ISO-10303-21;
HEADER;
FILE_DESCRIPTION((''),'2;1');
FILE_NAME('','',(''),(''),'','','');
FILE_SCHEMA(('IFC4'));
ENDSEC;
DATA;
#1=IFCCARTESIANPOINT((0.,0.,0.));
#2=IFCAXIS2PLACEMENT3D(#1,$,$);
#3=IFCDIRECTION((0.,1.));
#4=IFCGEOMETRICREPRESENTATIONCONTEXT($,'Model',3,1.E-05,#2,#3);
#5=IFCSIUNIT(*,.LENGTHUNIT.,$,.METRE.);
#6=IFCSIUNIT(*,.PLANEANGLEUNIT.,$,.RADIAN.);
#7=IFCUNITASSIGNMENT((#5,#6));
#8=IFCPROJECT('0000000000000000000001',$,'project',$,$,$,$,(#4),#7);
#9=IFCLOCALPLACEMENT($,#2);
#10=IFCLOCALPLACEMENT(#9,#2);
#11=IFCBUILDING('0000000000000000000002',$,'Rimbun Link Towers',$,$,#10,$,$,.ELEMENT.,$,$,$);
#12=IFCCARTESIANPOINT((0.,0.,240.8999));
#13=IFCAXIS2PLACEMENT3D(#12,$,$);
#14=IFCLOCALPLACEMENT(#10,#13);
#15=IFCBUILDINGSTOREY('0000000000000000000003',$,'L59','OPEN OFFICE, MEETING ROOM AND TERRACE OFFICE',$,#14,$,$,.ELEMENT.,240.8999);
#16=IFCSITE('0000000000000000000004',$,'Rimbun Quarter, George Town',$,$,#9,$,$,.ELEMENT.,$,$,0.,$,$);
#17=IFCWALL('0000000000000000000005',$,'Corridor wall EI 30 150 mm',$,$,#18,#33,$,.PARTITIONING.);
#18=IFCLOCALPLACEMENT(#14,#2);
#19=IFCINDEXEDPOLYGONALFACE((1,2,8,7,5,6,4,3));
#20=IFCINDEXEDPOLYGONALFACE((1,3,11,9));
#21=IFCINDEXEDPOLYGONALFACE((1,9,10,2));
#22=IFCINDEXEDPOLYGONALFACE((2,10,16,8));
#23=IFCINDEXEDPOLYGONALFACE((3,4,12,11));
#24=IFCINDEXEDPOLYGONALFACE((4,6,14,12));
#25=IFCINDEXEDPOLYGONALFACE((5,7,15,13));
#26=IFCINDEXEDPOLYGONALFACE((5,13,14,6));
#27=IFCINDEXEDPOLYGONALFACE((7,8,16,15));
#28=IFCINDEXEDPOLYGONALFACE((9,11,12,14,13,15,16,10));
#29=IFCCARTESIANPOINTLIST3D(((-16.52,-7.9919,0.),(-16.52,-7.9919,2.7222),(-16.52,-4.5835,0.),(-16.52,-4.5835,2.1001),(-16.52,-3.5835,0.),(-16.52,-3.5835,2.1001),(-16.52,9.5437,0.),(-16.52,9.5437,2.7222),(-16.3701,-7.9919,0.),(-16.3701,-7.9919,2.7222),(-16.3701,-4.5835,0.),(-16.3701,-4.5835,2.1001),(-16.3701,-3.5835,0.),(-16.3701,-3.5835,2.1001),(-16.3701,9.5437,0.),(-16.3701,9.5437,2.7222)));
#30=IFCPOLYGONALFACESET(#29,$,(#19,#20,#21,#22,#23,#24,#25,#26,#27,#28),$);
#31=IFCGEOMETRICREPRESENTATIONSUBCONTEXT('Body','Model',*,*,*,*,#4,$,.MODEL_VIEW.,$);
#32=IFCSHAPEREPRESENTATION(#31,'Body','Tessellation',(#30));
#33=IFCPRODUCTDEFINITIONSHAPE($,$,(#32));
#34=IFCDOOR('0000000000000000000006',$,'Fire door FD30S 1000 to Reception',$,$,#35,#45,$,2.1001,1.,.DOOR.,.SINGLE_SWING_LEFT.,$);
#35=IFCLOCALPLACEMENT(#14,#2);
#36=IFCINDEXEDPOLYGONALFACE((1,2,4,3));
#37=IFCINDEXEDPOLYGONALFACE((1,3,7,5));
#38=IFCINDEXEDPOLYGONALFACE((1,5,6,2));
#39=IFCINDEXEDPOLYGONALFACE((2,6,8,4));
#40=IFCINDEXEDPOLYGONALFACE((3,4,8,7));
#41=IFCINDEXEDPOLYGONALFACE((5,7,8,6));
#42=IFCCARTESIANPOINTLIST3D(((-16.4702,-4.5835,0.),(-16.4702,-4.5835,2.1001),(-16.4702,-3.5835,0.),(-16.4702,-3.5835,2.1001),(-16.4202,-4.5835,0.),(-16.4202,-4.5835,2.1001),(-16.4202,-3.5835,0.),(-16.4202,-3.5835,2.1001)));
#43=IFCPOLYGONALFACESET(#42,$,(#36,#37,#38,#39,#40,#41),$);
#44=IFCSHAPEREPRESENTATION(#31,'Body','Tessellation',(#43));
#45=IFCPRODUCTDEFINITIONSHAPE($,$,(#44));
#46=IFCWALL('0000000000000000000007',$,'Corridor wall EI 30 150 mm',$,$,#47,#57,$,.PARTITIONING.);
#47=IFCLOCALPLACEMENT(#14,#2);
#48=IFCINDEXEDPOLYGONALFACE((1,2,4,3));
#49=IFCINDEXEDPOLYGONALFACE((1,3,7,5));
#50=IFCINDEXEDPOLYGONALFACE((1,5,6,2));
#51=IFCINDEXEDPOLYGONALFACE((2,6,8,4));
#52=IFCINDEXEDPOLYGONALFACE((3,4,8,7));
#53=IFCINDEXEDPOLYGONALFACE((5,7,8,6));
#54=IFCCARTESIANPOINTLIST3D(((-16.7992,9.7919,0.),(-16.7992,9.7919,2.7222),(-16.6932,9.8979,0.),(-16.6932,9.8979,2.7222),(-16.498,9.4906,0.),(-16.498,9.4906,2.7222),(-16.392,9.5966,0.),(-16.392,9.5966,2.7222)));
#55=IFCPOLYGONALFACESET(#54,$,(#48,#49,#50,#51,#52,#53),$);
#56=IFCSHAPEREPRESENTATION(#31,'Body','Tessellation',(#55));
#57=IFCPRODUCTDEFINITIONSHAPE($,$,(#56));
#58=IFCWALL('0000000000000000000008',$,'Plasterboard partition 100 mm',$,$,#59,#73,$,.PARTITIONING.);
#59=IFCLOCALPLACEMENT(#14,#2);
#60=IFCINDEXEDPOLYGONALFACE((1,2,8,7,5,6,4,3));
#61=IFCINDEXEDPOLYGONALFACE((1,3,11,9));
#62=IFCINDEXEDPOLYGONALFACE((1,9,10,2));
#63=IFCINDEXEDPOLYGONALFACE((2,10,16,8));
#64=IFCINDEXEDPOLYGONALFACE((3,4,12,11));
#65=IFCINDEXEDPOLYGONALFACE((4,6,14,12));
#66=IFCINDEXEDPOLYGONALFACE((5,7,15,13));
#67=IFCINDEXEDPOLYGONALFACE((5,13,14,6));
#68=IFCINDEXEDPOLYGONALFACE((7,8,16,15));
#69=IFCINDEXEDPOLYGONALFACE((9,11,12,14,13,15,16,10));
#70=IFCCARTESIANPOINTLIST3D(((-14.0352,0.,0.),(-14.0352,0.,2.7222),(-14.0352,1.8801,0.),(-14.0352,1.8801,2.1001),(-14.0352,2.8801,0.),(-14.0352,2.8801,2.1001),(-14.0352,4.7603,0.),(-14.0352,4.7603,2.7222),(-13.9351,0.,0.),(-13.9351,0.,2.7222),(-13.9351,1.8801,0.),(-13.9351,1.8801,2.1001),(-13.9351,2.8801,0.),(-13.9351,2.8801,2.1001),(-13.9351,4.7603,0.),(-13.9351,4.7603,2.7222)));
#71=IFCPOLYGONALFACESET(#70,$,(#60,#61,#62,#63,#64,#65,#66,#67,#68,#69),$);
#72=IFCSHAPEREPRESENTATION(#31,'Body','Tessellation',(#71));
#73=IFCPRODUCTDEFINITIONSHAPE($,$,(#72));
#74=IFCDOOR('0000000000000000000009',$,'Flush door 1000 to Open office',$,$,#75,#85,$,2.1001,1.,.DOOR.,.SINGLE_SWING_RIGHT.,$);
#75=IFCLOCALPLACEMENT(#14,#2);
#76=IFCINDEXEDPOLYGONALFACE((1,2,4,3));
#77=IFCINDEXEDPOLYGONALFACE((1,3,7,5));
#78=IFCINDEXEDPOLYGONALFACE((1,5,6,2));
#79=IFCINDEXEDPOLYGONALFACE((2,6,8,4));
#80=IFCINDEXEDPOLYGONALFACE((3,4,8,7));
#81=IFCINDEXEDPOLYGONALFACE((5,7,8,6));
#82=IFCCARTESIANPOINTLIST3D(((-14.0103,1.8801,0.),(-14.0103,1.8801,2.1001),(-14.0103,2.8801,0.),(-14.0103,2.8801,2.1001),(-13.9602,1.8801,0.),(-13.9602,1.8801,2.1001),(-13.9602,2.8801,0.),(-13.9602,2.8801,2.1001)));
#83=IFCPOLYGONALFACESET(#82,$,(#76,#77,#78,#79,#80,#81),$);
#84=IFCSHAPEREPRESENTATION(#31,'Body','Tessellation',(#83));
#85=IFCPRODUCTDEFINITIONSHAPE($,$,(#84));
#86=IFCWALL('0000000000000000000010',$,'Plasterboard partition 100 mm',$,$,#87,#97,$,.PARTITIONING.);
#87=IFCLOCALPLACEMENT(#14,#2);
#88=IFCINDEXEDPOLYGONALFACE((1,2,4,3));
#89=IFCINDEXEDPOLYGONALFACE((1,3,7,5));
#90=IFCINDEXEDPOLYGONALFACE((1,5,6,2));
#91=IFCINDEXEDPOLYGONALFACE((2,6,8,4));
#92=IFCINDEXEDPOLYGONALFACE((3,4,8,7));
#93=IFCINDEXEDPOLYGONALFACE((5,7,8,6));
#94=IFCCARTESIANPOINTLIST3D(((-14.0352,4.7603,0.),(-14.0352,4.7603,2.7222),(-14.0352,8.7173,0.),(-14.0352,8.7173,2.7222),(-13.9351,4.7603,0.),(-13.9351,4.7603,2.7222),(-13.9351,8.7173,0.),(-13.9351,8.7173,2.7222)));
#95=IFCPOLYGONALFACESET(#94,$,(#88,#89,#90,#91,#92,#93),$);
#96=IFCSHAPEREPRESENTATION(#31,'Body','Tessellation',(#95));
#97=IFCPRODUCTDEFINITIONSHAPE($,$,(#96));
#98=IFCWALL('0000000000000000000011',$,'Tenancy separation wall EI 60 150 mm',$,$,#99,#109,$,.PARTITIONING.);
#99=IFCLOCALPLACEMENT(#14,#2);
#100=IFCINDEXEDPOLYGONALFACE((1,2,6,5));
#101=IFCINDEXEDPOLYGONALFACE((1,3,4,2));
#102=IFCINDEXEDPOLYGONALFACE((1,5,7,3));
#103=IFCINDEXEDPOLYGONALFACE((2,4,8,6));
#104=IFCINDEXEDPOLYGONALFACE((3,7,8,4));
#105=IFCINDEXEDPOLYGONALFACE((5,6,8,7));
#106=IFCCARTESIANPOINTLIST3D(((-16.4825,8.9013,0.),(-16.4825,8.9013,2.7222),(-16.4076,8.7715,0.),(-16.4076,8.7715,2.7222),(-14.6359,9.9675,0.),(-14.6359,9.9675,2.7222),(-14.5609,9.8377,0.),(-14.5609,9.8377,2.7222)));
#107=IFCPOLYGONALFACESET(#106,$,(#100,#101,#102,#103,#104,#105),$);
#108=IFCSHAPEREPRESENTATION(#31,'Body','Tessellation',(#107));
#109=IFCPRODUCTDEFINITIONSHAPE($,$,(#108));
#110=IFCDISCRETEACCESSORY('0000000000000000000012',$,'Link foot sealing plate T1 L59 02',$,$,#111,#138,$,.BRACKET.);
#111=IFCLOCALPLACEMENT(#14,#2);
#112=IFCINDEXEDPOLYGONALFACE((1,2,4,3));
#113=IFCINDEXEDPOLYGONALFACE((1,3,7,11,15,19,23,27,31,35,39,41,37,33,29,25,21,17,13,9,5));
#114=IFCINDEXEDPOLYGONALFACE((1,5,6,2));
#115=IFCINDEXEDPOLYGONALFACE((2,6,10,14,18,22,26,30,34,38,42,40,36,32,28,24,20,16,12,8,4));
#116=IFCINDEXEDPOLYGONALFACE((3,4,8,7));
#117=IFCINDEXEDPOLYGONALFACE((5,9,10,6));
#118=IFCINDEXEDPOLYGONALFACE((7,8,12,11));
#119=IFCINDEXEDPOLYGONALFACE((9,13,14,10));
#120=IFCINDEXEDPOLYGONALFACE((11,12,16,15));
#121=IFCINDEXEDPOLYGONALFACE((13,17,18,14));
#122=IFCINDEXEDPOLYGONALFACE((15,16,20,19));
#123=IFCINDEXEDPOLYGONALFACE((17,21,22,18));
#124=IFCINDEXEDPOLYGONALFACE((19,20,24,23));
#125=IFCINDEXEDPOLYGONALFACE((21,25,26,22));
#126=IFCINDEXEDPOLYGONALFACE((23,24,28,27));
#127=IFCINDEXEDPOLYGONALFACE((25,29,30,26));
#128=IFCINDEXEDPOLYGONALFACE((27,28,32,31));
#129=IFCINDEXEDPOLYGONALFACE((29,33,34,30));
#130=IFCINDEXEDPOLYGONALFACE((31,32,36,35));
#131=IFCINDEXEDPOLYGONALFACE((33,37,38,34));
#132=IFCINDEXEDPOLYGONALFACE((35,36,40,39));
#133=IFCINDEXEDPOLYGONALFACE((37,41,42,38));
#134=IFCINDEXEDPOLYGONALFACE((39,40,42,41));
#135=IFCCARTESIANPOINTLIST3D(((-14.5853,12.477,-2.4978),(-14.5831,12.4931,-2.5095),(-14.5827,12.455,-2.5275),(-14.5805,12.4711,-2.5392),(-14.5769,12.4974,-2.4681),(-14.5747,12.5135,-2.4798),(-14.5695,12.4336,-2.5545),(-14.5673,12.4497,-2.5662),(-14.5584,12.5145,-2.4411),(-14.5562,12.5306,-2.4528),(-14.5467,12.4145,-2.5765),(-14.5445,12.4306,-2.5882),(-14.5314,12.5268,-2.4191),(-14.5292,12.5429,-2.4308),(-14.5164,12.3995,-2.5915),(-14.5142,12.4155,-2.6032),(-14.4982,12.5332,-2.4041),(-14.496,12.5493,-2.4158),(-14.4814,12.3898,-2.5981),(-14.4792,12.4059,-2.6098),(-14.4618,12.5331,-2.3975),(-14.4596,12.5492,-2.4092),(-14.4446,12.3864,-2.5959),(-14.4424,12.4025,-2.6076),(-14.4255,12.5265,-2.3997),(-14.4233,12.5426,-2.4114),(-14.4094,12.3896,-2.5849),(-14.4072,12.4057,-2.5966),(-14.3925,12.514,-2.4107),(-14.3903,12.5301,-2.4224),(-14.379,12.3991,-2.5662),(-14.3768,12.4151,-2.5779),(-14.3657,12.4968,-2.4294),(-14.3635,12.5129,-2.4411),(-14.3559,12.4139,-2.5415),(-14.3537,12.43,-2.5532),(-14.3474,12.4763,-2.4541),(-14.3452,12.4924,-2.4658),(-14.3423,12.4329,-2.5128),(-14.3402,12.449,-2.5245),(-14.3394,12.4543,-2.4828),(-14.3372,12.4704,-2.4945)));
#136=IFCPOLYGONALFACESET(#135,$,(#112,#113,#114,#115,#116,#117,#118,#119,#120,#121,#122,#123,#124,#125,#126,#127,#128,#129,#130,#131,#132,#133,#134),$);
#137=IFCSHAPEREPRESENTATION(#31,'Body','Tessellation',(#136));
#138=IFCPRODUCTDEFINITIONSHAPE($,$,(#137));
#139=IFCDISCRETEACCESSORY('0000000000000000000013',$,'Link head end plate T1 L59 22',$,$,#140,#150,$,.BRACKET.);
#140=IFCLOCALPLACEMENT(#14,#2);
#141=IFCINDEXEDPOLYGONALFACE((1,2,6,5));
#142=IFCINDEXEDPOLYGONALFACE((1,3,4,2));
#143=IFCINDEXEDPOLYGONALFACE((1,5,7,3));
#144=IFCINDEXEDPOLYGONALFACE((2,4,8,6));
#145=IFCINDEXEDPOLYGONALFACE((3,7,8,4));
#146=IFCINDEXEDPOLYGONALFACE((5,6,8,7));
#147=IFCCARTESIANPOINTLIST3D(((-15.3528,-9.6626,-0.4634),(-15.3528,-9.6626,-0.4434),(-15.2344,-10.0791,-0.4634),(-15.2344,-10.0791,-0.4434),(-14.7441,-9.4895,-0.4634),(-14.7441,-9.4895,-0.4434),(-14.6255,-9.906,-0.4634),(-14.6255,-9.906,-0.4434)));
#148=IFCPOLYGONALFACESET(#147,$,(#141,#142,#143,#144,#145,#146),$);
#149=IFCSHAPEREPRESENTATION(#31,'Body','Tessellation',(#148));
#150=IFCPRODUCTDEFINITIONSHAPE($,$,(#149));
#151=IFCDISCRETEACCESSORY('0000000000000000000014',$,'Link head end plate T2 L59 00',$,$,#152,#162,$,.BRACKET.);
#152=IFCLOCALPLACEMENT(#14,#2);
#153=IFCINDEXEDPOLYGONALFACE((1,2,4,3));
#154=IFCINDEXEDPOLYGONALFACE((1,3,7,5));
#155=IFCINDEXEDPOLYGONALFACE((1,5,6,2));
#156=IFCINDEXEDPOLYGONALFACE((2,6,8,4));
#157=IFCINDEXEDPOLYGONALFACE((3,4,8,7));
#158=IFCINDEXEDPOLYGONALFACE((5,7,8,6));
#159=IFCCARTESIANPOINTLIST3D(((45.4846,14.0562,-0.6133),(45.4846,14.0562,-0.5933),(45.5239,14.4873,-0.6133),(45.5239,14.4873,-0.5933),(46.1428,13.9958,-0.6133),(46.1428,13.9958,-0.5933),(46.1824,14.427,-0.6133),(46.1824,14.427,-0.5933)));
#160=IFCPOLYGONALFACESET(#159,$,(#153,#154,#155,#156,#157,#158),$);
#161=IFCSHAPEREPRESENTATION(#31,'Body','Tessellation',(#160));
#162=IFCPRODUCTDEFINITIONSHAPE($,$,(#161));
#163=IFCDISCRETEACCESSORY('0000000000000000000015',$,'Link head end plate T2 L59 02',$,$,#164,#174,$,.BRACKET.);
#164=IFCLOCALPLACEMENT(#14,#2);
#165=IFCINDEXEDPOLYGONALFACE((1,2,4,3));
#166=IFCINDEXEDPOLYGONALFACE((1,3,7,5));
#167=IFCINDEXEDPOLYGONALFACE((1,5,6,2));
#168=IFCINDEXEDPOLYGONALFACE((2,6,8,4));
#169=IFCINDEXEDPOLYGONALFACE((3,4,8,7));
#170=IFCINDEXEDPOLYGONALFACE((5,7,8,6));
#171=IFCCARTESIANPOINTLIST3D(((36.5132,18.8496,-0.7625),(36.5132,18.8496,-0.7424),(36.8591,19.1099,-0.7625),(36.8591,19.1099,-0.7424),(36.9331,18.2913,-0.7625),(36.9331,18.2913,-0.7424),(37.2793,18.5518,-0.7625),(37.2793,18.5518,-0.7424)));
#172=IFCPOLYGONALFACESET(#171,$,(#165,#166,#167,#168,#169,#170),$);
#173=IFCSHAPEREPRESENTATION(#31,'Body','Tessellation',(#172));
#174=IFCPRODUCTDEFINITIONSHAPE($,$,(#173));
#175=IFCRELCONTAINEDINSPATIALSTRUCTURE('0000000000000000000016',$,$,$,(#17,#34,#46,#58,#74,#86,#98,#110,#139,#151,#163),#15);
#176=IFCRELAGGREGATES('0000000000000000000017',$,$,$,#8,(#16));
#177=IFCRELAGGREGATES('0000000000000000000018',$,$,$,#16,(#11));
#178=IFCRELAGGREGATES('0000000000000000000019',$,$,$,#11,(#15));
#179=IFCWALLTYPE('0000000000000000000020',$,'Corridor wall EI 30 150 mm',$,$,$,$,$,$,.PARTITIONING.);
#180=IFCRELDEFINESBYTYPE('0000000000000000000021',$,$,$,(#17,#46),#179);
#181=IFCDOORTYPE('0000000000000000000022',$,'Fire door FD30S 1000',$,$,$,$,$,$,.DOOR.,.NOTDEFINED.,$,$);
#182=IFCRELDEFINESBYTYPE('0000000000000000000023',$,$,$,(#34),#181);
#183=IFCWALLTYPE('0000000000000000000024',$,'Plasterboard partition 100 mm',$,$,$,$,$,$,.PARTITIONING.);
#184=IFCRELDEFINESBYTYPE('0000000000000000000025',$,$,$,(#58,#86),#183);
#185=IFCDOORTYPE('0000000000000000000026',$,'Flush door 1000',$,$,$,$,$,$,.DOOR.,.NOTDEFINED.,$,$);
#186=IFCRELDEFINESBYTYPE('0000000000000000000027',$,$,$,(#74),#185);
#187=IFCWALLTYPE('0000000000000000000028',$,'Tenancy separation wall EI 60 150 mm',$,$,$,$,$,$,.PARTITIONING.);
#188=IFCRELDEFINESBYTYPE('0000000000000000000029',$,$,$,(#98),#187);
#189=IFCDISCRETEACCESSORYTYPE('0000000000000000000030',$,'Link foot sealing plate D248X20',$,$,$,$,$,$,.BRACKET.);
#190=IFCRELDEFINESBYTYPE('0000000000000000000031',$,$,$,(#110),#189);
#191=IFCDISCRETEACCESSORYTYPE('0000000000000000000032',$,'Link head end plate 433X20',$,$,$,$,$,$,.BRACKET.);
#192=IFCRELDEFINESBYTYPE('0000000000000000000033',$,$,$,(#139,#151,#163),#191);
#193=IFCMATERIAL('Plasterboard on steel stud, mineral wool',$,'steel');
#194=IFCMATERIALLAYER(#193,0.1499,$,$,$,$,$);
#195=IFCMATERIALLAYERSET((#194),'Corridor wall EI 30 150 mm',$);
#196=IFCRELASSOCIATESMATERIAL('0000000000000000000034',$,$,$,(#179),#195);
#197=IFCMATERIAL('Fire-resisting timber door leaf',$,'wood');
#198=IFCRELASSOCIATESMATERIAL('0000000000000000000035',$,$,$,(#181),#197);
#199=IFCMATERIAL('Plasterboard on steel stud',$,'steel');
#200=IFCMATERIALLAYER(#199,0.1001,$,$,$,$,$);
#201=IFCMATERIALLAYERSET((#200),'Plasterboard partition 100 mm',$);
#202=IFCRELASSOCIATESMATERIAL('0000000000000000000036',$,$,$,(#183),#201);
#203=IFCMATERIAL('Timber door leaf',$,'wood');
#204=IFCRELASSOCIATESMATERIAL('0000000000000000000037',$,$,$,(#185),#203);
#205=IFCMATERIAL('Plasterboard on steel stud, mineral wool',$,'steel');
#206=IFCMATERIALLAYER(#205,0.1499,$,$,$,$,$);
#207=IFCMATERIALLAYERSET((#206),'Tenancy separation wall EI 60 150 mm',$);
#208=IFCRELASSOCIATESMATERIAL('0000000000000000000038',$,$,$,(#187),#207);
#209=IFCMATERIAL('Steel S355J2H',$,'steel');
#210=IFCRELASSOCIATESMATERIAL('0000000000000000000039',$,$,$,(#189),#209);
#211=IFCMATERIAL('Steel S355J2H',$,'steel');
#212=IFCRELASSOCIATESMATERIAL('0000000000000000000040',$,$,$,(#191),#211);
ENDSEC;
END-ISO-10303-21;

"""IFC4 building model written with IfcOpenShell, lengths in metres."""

from ifc_helpers import new_model, si_unit, direction, frame, frame_2d, origin, origin_2d, place, context, subcontext, project, spatial, polyline, rectangle, circle, outline, extrude, material, layer, layer_set, material_profile, profile_set, type_object, element, fill, save


model = new_model("IFC4")

# Units and contexts
model_context = context("Model", 3, precision=1e-05, world=origin(), true_north=direction((0.0, 1.0)))
body_context = subcontext(model_context, "Body", "Model", "MODEL_VIEW")
ifc_project = project(units=[si_unit("LENGTHUNIT", "METRE"), si_unit("PLANEANGLEUNIT", "RADIAN")], contexts=[model_context])

# Site, building, storey
site_placement = place(None, origin())
site = spatial("IfcSite", under=ifc_project, at=site_placement, Name="Rimbun Quarter, George Town", CompositionType="ELEMENT", RefElevation=0.0)
building_placement = place(site_placement, origin())
building = spatial("IfcBuilding", under=site, at=building_placement, Name="Rimbun Link Towers", CompositionType="ELEMENT")
storey_placement = place(building_placement, frame((0.0, 0.0, 240.8999)))
storey = spatial("IfcBuildingStorey", under=building, at=storey_placement, Name="L59", Description="OPEN OFFICE, MEETING ROOM AND TERRACE OFFICE", CompositionType="ELEMENT", Elevation=240.8999)

# Wall, opening, door
ifc_material_1 = material(Name="Plasterboard on steel stud, mineral wool", Category="steel")
ifc_layer_1 = layer(ifc_material_1, 0.1499)
ifc_layer_set_1 = layer_set([ifc_layer_1], Name="Corridor wall EI 30 150 mm")
wall_type_1 = type_object("IfcWallType", Name="Corridor wall EI 30 150 mm", PredefinedType="PARTITIONING", material=ifc_layer_set_1)
wall_1_placement = place(storey_placement, frame((-16.4451, 9.5437, 0.0), z_axis=(0.0, 0.0, 1.0), x_axis=(0.0, -1.0, 0.0)))
wall_1 = element("IfcWall", 1, at=wall_1_placement, inside=storey, type_object=wall_type_1, Name="Corridor wall EI 30 150 mm", PredefinedType="PARTITIONING", context=body_context, shape_type="SweptSolid", body=[
    extrude(rectangle(XDim=17.5356, YDim=0.1499, at=frame_2d((8.7678, 0.0))), origin(), (0.0, 0.0, 1.0), 2.7222),
])
opening_1_placement = place(wall_1_placement, frame((13.1272, 0.0, 0.0)))
opening_1 = element("IfcOpeningElement", 2, at=opening_1_placement, cuts=wall_1, PredefinedType="OPENING", context=body_context, shape_type="SweptSolid", body=[
    extrude(rectangle(XDim=1.0, YDim=2.1001, at=frame_2d((0.5, 1.05))), frame((0.0, 0.085, 0.0), z_axis=(0.0, -1.0, 0.0), x_axis=(1.0, 0.0, 0.0)), (0.0, 0.0, 1.0), 0.1699),
])
ifc_material_2 = material(Name="Fire-resisting timber door leaf", Category="wood")
door_type_1 = type_object("IfcDoorType", Name="Fire door FD30S 1000", OperationType="NOTDEFINED", PredefinedType="DOOR", material=ifc_material_2)
door_1_placement = place(opening_1_placement, origin())
door_1 = element("IfcDoor", 3, at=door_1_placement, inside=storey, type_object=door_type_1, Name="Fire door FD30S 1000 to Reception", OperationType="SINGLE_SWING_LEFT", OverallHeight=2.1001, OverallWidth=1.0, PredefinedType="DOOR", context=body_context, shape_type="SweptSolid", body=[
    extrude(rectangle(XDim=1.0, YDim=2.1001, at=frame_2d((0.5, 1.05))), frame((0.0, 0.0249, 0.0), z_axis=(0.0, -1.0, 0.0), x_axis=(1.0, 0.0, 0.0)), (0.0, 0.0, 1.0), 0.05),
])
fill(opening_1, door_1)

# Wall
wall_2_placement = place(storey_placement, frame((-16.4451, 9.5437, 0.0), z_axis=(0.0, 0.0, 1.0), x_axis=(-0.707107, 0.707107, 0.0)))
element("IfcWall", 4, at=wall_2_placement, inside=storey, type_object=wall_type_1, Name="Corridor wall EI 30 150 mm", PredefinedType="PARTITIONING", context=body_context, shape_type="SweptSolid", body=[
    extrude(rectangle(XDim=0.426, YDim=0.1499, at=frame_2d((0.2129, 0.0))), origin(), (0.0, 0.0, 1.0), 2.7222),
])

# Wall, opening, door
ifc_material_3 = material(Name="Plasterboard on steel stud", Category="steel")
ifc_layer_2 = layer(ifc_material_3, 0.1001)
ifc_layer_set_2 = layer_set([ifc_layer_2], Name="Plasterboard partition 100 mm")
wall_type_2 = type_object("IfcWallType", Name="Plasterboard partition 100 mm", PredefinedType="PARTITIONING", material=ifc_layer_set_2)
wall_3_placement = place(storey_placement, frame((-13.9851, 4.7603, 0.0), z_axis=(0.0, 0.0, 1.0), x_axis=(0.0, -1.0, 0.0)))
wall_3 = element("IfcWall", 5, at=wall_3_placement, inside=storey, type_object=wall_type_2, Name="Plasterboard partition 100 mm", PredefinedType="PARTITIONING", context=body_context, shape_type="SweptSolid", body=[
    extrude(rectangle(XDim=4.7603, YDim=0.1001, at=frame_2d((2.3801, 0.0))), origin(), (0.0, 0.0, 1.0), 2.7222),
])
opening_2_placement = place(wall_3_placement, frame((1.8801, 0.0, 0.0)))
opening_2 = element("IfcOpeningElement", 6, at=opening_2_placement, cuts=wall_3, PredefinedType="OPENING", context=body_context, shape_type="SweptSolid", body=[
    extrude(rectangle(XDim=1.0, YDim=2.1001, at=frame_2d((0.5, 1.05))), frame((0.0, 0.0601, 0.0), z_axis=(0.0, -1.0, 0.0), x_axis=(1.0, 0.0, 0.0)), (0.0, 0.0, 1.0), 0.1201),
])
ifc_material_4 = material(Name="Timber door leaf", Category="wood")
door_type_2 = type_object("IfcDoorType", Name="Flush door 1000", OperationType="NOTDEFINED", PredefinedType="DOOR", material=ifc_material_4)
door_2_placement = place(opening_2_placement, origin())
door_2 = element("IfcDoor", 7, at=door_2_placement, inside=storey, type_object=door_type_2, Name="Flush door 1000 to Open office", OperationType="SINGLE_SWING_RIGHT", OverallHeight=2.1001, OverallWidth=1.0, PredefinedType="DOOR", context=body_context, shape_type="SweptSolid", body=[
    extrude(rectangle(XDim=1.0, YDim=2.1001, at=frame_2d((0.5, 1.05))), frame((0.0, 0.0249, 0.0), z_axis=(0.0, -1.0, 0.0), x_axis=(1.0, 0.0, 0.0)), (0.0, 0.0, 1.0), 0.05),
])
fill(opening_2, door_2)

# Walls
wall_4_placement = place(storey_placement, frame((-13.9851, 4.7603, 0.0), z_axis=(0.0, 0.0, 1.0), x_axis=(0.0, 1.0, 0.0)))
element("IfcWall", 8, at=wall_4_placement, inside=storey, type_object=wall_type_2, Name="Plasterboard partition 100 mm", PredefinedType="PARTITIONING", context=body_context, shape_type="SweptSolid", body=[
    extrude(rectangle(XDim=3.957, YDim=0.1001, at=frame_2d((1.9785, 0.0))), origin(), (0.0, 0.0, 1.0), 2.7222),
])
ifc_material_5 = material(Name="Plasterboard on steel stud, mineral wool", Category="steel")
ifc_layer_3 = layer(ifc_material_5, 0.1499)
ifc_layer_set_3 = layer_set([ifc_layer_3], Name="Tenancy separation wall EI 60 150 mm")
wall_type_3 = type_object("IfcWallType", Name="Tenancy separation wall EI 60 150 mm", PredefinedType="PARTITIONING", material=ifc_layer_set_3)
wall_5_placement = place(storey_placement, frame((-16.4451, 8.8364, 0.0), z_axis=(0.0, 0.0, 1.0), x_axis=(0.866029, 0.499993, 0.0)))
element("IfcWall", 9, at=wall_5_placement, inside=storey, type_object=wall_type_3, Name="Tenancy separation wall EI 60 150 mm", PredefinedType="PARTITIONING", context=body_context, shape_type="SweptSolid", body=[
    extrude(rectangle(XDim=2.1323, YDim=0.1499, at=frame_2d((1.0662, 0.0))), origin(), (0.0, 0.0, 1.0), 2.7222),
])

# Discrete accessories
ifc_material_6 = material(Name="Steel S355J2H", Category="steel")
ifc_material_profile_1 = material_profile(ifc_material_6, circle(Radius=0.124, at=origin_2d()), Name="PL D248")
ifc_profile_set_1 = profile_set([ifc_material_profile_1], Name="Steel S355J2H")
discrete_accessory_type_1 = type_object("IfcDiscreteAccessoryType", Name="Link foot sealing plate D248X20", PredefinedType="BRACKET", material=ifc_profile_set_1)
discrete_accessory_1_placement = place(storey_placement, frame((-14.4624, 12.4602, -2.4978), z_axis=(0.109618, 0.803863, -0.584627), x_axis=(-0.99083, 0.135113, 0.0)))
element("IfcDiscreteAccessory", 10, at=discrete_accessory_1_placement, inside=storey, type_object=discrete_accessory_type_1, Name="Link foot sealing plate T1 L59 02", PredefinedType="BRACKET", context=body_context, shape_type="SweptSolid", body=[
    extrude(circle(Radius=0.124, at=origin_2d()), origin(), (0.0, 0.0, 1.0), 0.02),
])
ifc_material_7 = material(Name="Steel S355J2H", Category="steel")
ifc_material_profile_2 = material_profile(ifc_material_7, rectangle(XDim=0.4331, YDim=0.4331, at=origin_2d()), Name="PL 433x433")
ifc_profile_set_2 = profile_set([ifc_material_profile_2], Name="Steel S355J2H")
discrete_accessory_type_2 = type_object("IfcDiscreteAccessoryType", Name="Link head end plate 433X20", PredefinedType="BRACKET", material=ifc_profile_set_2)
discrete_accessory_2_placement = place(storey_placement, frame((0.0, 0.0, -0.4634)))
element("IfcDiscreteAccessory", 11, at=discrete_accessory_2_placement, inside=storey, type_object=discrete_accessory_type_2, Name="Link head end plate T1 L59 22", PredefinedType="BRACKET", context=body_context, shape_type="SweptSolid", body=[
    extrude(outline(polyline([(-15.2344, -10.0791), (-14.6255, -9.906), (-14.7441, -9.4895), (-15.3528, -9.6626), (-15.2344, -10.0791)])), origin(), (0.0, 0.0, 1.0), 0.02),
])
discrete_accessory_3_placement = place(storey_placement, frame((0.0, 0.0, -0.6133)))
element("IfcDiscreteAccessory", 12, at=discrete_accessory_3_placement, inside=storey, type_object=discrete_accessory_type_2, Name="Link head end plate T2 L59 00", PredefinedType="BRACKET", context=body_context, shape_type="SweptSolid", body=[
    extrude(outline(polyline([(45.4846, 14.0562), (46.1428, 13.9958), (46.1824, 14.427), (45.5239, 14.4873), (45.4846, 14.0562)])), origin(), (0.0, 0.0, 1.0), 0.02),
])
discrete_accessory_4_placement = place(storey_placement, frame((0.0, 0.0, -0.7625)))
element("IfcDiscreteAccessory", 13, at=discrete_accessory_4_placement, inside=storey, type_object=discrete_accessory_type_2, Name="Link head end plate T2 L59 02", PredefinedType="BRACKET", context=body_context, shape_type="SweptSolid", body=[
    extrude(outline(polyline([(37.2793, 18.5518), (36.8591, 19.1099), (36.5132, 18.8496), (36.9331, 18.2913), (37.2793, 18.5518)])), origin(), (0.0, 0.0, 1.0), 0.02),
])

save(model, "model.ifc")
